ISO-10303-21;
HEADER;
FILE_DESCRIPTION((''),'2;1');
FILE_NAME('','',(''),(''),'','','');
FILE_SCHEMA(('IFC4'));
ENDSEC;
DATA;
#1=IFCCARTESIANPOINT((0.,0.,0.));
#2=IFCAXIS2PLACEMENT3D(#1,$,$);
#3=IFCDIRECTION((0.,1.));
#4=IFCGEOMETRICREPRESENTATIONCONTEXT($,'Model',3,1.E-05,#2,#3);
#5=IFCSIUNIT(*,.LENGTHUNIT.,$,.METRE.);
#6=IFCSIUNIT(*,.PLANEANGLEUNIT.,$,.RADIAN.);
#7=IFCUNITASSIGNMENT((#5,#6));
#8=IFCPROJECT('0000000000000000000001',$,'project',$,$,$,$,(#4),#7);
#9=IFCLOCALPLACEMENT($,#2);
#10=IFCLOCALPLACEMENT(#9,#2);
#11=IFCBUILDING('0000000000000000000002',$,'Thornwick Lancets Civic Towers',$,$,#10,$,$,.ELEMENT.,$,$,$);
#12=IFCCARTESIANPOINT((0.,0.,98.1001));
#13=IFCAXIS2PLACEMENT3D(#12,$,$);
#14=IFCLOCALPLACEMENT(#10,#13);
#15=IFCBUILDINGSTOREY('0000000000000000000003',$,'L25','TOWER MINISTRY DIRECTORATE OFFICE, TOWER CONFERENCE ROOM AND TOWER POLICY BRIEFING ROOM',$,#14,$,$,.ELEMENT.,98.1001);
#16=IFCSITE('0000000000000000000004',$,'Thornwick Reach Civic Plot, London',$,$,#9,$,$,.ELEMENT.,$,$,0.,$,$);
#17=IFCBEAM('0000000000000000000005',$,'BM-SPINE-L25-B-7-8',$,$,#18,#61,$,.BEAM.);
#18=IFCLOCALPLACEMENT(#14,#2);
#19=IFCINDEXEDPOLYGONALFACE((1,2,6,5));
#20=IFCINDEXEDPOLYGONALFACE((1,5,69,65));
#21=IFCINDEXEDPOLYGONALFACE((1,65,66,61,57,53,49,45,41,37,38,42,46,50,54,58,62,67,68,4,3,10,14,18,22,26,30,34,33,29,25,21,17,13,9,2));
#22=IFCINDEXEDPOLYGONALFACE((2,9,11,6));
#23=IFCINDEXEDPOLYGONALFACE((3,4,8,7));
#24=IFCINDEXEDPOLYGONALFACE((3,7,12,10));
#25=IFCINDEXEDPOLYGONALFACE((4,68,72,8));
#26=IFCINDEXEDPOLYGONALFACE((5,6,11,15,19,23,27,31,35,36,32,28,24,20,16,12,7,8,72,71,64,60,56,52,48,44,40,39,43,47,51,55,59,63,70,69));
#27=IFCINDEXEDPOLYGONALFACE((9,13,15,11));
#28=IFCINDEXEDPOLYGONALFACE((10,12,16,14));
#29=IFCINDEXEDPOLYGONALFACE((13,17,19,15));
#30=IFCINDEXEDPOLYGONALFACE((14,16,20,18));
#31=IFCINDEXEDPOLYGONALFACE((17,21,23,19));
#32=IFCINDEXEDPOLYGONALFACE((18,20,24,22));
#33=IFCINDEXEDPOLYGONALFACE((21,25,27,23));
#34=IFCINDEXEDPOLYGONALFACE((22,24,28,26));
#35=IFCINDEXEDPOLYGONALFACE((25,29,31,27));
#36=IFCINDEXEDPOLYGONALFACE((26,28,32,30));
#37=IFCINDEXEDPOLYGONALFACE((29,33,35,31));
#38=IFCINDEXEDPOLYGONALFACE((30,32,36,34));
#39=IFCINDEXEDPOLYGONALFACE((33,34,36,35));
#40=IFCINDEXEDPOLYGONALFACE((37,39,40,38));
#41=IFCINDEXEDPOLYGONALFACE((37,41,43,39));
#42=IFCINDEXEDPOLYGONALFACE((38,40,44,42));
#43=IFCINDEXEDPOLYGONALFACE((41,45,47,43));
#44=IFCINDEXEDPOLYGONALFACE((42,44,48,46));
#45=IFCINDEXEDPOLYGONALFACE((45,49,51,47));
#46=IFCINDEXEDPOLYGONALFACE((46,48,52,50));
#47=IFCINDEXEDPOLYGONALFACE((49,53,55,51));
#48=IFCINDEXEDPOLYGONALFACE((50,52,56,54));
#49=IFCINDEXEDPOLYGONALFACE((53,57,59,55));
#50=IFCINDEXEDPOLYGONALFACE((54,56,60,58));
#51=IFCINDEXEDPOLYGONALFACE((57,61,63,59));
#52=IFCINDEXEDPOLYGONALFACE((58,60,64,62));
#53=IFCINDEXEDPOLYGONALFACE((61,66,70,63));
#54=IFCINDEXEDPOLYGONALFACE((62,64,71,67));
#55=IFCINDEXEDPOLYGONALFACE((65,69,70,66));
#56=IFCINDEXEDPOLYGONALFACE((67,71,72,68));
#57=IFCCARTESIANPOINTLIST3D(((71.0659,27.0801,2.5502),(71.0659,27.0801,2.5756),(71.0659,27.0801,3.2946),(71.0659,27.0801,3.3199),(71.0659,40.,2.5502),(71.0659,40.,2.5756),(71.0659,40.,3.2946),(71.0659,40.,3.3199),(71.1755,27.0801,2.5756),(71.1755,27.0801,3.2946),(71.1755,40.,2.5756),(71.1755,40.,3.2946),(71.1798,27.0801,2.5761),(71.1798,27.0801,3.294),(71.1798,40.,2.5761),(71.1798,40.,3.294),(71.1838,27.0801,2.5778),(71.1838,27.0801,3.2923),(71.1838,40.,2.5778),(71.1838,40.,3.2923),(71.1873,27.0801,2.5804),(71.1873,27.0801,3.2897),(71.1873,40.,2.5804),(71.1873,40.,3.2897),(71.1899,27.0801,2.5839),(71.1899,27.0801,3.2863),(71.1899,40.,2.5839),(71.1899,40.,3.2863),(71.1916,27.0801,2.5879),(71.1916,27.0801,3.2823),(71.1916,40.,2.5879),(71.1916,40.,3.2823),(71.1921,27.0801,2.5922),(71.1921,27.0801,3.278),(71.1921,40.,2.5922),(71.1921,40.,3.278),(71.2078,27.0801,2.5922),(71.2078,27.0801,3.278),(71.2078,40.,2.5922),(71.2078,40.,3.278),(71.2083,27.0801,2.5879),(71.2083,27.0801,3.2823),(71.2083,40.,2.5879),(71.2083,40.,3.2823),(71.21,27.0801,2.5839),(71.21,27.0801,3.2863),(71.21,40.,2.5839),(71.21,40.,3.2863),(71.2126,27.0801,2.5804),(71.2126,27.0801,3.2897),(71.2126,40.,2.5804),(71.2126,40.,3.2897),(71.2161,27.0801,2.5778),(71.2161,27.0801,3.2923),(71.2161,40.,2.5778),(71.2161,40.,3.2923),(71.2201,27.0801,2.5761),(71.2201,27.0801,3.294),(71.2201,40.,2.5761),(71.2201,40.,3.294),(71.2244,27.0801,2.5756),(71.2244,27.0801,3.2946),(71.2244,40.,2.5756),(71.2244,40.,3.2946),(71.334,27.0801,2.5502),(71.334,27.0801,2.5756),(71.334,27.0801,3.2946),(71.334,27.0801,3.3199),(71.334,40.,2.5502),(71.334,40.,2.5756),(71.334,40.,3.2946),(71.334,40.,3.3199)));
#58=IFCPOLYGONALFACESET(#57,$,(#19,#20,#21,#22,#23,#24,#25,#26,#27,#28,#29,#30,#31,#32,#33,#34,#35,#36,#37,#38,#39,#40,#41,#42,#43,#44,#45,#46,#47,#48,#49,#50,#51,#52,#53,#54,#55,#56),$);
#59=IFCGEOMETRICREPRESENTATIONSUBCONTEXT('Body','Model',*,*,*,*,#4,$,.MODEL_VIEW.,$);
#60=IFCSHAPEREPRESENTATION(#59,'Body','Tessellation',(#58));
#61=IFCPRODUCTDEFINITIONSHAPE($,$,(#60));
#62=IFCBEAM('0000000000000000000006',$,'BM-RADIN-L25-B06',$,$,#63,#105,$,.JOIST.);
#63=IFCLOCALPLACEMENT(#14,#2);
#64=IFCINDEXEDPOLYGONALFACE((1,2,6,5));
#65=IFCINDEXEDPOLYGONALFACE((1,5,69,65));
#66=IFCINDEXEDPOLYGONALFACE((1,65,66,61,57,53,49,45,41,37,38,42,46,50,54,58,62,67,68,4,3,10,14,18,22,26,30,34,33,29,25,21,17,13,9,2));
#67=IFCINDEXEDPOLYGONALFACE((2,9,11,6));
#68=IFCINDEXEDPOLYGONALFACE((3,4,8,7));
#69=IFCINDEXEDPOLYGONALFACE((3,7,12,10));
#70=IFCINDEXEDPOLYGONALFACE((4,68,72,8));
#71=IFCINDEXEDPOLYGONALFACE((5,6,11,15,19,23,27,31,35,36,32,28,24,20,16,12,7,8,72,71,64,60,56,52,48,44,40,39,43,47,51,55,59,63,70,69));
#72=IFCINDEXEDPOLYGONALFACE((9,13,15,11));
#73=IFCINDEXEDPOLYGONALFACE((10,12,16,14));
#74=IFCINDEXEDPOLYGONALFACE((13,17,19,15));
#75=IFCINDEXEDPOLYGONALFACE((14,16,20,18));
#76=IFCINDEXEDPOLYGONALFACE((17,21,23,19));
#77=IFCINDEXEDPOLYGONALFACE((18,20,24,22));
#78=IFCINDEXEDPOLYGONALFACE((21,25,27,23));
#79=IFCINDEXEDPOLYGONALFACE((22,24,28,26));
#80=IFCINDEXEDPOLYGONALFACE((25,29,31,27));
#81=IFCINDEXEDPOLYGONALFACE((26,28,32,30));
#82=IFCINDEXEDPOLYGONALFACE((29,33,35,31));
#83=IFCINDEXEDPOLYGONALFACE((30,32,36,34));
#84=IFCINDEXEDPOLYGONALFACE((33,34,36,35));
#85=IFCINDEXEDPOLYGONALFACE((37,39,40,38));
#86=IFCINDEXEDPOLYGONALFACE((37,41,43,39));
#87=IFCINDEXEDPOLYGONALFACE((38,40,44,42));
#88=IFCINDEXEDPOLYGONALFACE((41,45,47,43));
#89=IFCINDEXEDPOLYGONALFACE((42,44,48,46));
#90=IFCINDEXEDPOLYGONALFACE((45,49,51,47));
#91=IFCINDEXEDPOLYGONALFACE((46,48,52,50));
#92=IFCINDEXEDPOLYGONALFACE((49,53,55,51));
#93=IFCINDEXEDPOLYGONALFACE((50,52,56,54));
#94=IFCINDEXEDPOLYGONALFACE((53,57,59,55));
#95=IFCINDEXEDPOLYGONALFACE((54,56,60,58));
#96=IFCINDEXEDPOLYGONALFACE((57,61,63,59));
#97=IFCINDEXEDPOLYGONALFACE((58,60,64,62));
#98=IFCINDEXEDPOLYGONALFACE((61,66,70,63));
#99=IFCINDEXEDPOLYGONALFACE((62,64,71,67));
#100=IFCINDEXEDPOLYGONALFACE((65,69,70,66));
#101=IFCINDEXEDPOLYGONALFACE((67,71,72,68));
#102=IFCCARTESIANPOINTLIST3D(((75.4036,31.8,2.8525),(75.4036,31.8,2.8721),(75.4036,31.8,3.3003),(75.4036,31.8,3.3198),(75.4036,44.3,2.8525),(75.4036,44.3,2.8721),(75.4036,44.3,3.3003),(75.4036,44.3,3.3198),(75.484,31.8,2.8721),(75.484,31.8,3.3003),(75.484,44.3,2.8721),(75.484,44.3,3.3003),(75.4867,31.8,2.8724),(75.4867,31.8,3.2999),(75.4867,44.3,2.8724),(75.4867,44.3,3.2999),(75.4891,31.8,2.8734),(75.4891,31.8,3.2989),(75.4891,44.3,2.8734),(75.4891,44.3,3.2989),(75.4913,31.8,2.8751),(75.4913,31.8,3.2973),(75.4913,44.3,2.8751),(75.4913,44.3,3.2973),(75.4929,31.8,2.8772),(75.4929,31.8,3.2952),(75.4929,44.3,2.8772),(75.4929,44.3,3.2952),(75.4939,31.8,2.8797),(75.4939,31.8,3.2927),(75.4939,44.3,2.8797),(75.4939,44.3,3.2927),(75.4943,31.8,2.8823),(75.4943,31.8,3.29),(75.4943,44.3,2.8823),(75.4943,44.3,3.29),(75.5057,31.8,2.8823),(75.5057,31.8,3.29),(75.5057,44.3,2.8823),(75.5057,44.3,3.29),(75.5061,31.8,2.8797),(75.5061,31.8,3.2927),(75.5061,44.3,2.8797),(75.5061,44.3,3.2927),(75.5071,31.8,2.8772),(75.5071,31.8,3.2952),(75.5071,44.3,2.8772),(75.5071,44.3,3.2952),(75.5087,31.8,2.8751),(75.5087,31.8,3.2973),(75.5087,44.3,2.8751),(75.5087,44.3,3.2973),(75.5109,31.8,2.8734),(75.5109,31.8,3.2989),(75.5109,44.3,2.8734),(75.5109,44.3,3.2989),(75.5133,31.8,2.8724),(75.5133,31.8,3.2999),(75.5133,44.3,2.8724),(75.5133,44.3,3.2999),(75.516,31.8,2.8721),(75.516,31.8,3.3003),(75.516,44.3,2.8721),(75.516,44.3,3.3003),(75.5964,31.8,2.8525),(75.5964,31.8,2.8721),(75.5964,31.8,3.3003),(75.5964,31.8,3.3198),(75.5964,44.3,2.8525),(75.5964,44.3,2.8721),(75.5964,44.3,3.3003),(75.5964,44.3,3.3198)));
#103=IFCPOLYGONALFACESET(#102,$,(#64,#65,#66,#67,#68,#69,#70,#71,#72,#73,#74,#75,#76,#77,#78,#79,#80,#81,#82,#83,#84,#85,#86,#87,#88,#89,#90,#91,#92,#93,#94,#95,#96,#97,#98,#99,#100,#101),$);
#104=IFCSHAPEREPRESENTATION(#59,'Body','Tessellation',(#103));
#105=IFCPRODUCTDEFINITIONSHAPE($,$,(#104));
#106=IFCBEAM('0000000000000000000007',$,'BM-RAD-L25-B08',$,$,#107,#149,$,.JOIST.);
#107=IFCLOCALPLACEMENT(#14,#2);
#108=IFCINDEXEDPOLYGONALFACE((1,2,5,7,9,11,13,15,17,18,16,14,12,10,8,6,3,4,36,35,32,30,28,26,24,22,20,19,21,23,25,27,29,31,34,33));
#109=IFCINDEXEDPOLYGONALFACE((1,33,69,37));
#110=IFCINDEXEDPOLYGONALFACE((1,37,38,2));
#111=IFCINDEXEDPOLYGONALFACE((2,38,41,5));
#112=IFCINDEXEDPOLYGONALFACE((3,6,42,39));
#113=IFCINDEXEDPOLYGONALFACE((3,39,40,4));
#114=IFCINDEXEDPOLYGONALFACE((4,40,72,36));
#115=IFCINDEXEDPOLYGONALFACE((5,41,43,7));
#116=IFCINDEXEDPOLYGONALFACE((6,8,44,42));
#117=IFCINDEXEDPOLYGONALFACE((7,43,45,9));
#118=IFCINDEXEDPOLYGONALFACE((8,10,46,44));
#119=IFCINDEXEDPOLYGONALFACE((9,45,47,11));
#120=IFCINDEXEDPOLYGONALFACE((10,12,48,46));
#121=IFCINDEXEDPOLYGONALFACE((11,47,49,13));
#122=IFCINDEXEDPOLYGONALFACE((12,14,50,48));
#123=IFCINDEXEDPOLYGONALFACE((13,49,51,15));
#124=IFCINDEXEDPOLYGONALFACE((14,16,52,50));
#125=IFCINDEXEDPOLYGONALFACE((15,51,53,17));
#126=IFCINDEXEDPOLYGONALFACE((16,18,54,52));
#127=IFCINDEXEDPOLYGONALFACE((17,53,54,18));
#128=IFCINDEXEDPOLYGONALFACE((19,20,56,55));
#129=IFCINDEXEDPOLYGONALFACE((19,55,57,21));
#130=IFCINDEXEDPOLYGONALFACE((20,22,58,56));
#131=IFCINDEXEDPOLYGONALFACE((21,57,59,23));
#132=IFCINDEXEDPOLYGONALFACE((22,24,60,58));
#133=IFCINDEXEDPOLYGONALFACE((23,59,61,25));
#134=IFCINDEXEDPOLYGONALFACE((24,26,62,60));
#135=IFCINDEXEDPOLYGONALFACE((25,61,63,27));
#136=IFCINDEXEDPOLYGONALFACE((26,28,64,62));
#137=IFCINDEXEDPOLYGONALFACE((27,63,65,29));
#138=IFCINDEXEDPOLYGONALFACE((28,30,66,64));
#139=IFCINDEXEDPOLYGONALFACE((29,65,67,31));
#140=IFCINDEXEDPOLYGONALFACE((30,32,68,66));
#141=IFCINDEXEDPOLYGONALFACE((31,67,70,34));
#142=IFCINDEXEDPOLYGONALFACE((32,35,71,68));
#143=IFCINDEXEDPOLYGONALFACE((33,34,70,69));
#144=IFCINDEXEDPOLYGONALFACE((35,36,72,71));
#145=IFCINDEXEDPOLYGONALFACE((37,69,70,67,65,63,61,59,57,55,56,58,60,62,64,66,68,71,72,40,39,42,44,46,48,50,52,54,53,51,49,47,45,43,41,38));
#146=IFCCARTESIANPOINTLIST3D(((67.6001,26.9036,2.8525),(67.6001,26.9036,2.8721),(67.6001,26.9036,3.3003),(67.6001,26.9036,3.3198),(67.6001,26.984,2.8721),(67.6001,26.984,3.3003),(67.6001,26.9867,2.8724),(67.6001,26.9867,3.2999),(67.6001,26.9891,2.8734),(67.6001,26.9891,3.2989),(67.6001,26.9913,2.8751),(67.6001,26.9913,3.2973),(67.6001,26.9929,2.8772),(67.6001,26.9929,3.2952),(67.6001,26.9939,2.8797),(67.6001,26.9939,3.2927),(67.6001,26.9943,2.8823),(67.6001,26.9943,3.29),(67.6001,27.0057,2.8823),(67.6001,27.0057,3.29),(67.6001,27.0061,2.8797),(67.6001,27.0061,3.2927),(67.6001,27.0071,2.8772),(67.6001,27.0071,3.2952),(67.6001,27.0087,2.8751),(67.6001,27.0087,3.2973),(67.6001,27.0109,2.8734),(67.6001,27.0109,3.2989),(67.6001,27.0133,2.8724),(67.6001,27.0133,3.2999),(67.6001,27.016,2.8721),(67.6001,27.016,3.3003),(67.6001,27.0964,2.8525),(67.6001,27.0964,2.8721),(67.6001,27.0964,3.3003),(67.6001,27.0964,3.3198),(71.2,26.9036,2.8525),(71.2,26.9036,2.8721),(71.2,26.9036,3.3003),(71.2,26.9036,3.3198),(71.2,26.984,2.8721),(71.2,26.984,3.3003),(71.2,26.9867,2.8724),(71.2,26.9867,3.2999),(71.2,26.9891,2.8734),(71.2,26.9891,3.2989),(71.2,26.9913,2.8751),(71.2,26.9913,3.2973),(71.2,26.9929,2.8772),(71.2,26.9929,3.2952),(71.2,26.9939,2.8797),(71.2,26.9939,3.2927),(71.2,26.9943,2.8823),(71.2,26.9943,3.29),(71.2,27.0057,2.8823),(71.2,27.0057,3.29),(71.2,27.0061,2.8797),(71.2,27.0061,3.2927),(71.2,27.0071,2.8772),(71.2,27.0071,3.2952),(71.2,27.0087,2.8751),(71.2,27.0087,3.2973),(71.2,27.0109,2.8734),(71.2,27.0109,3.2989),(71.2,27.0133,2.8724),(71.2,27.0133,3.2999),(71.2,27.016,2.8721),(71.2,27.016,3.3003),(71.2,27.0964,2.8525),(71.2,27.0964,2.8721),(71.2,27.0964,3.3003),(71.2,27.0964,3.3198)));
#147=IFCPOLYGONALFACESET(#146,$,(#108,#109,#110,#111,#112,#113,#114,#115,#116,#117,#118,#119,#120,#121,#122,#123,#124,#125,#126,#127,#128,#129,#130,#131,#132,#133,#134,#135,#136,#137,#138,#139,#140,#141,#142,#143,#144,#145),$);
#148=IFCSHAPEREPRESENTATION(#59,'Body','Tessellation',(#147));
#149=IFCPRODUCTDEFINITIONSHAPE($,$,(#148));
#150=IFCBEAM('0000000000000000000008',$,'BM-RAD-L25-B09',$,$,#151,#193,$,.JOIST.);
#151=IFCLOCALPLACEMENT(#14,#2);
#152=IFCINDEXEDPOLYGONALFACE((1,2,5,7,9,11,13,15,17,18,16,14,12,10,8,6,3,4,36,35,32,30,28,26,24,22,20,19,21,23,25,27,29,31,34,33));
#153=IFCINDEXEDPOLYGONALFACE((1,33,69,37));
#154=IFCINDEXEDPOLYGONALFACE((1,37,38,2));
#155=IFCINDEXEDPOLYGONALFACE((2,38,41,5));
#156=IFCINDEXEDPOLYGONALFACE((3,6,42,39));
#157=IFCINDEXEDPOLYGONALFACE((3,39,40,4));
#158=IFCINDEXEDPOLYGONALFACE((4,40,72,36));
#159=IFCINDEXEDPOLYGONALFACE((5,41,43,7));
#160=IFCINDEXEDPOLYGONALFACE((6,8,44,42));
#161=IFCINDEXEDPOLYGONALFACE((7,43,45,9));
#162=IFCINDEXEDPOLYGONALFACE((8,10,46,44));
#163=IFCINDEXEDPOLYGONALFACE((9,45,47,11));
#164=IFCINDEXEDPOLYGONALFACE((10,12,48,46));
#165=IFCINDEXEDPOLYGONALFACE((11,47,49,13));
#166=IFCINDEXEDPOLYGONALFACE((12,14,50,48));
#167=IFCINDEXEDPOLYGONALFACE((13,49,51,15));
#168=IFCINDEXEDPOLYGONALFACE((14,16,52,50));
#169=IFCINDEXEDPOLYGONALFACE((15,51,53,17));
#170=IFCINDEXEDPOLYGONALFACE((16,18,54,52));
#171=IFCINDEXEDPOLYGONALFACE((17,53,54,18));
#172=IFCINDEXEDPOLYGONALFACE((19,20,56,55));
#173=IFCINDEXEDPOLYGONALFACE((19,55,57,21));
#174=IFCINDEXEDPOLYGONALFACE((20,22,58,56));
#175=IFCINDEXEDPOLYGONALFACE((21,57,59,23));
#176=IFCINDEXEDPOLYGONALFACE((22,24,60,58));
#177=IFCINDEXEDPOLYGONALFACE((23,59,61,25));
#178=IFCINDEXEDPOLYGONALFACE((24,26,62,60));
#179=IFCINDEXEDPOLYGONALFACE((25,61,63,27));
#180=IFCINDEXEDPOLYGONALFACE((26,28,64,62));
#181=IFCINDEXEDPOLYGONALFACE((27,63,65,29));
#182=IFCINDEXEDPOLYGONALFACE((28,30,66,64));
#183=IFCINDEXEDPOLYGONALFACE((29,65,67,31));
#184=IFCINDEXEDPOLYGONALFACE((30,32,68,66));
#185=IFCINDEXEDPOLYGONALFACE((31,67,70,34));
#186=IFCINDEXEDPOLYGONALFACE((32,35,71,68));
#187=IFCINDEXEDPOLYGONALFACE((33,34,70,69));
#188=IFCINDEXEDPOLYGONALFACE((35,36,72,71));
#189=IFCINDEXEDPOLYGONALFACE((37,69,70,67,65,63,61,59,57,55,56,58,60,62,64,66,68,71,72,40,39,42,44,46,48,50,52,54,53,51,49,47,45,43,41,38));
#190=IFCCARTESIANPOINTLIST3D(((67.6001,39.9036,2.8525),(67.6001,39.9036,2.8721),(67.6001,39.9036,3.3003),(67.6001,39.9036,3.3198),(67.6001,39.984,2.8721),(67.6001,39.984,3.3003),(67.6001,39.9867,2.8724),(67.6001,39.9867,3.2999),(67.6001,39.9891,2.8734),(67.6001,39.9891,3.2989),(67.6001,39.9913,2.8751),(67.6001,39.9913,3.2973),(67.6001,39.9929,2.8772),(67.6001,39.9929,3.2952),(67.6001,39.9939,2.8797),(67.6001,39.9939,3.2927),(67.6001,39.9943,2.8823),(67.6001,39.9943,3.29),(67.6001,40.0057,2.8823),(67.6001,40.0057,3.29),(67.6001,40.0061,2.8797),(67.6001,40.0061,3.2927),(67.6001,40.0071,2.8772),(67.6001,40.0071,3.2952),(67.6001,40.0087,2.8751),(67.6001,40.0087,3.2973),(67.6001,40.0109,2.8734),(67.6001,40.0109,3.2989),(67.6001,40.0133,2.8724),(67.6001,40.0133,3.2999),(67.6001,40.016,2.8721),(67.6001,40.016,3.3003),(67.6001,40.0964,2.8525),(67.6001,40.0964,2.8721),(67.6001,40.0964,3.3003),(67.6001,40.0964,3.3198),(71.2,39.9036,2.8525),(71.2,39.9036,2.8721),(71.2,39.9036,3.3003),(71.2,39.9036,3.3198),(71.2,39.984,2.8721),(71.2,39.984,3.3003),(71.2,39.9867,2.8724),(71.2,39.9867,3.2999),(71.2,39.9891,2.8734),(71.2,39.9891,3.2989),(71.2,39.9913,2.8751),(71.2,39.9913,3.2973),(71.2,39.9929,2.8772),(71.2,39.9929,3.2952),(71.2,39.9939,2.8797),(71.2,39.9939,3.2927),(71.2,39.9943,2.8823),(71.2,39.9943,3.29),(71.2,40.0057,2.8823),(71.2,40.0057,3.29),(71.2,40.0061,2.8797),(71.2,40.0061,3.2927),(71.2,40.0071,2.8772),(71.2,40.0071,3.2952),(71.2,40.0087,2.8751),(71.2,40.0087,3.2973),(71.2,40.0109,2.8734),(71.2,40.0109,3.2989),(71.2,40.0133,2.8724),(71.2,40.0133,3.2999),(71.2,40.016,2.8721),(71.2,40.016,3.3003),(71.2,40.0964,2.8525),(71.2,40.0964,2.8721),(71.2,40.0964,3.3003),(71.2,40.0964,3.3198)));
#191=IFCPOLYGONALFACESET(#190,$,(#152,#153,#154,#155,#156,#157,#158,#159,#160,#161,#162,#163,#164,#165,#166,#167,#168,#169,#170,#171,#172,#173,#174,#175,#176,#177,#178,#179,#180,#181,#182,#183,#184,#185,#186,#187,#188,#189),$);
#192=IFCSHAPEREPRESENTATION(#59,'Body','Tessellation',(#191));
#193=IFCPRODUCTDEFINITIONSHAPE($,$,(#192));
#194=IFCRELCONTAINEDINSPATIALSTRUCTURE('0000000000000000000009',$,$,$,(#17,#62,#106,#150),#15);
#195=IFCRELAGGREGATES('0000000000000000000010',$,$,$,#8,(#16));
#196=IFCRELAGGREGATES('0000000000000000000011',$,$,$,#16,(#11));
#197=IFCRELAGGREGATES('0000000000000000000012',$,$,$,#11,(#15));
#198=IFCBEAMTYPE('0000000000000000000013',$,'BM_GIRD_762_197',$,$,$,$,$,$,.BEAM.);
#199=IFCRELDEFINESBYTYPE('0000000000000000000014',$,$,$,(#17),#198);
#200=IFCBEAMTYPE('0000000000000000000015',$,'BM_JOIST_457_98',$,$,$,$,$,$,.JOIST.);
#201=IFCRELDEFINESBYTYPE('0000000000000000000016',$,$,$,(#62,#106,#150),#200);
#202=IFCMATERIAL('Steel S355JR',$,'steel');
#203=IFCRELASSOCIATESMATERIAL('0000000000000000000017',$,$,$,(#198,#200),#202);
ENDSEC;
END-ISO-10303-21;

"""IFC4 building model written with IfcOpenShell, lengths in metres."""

from ifc_helpers import new_model, si_unit, direction, frame, origin, origin_2d, place, context, subcontext, project, spatial, i_section, extrude, material, material_profile, profile_set, type_object, element, save


model = new_model("IFC4")

# Units and contexts
model_context = context("Model", 3, precision=1e-05, world=origin(), true_north=direction((0.0, 1.0)))
body_context = subcontext(model_context, "Body", "Model", "MODEL_VIEW")
ifc_project = project(units=[si_unit("LENGTHUNIT", "METRE"), si_unit("PLANEANGLEUNIT", "RADIAN")], contexts=[model_context])

# Site, building, storey
site_placement = place(None, origin())
site = spatial("IfcSite", under=ifc_project, at=site_placement, Name="Thornwick Reach Civic Plot, London", CompositionType="ELEMENT", RefElevation=0.0)
building_placement = place(site_placement, origin())
building = spatial("IfcBuilding", under=site, at=building_placement, Name="Thornwick Lancets Civic Towers", CompositionType="ELEMENT")
storey_placement = place(building_placement, frame((0.0, 0.0, 98.1001)))
storey = spatial("IfcBuildingStorey", under=building, at=storey_placement, Name="L25", Description="TOWER MINISTRY DIRECTORATE OFFICE, TOWER CONFERENCE ROOM AND TOWER POLICY BRIEFING ROOM", CompositionType="ELEMENT", Elevation=98.1001)

# Beams
ifc_material_1 = material(Name="Steel S355JR", Category="steel")
ifc_material_profile_1 = material_profile(ifc_material_1, i_section(OverallWidth=0.2681, OverallDepth=0.7698, WebThickness=0.0156, FlangeThickness=0.0254, FilletRadius=0.0166, at=origin_2d()), Name="UKB 762x267x197")
ifc_profile_set_1 = profile_set([ifc_material_profile_1], Name="Steel S355JR")
beam_type_1 = type_object("IfcBeamType", Name="BM_GIRD_762_197", PredefinedType="BEAM", material=ifc_profile_set_1)
beam_1_placement = place(storey_placement, frame((71.2, 27.0801, 2.9351), z_axis=(0.0, 1.0, 0.0), x_axis=(-1.0, 0.0, 0.0)))
element("IfcBeam", 1, at=beam_1_placement, inside=storey, type_object=beam_type_1, Name="BM-SPINE-L25-B-7-8", PredefinedType="BEAM", context=body_context, shape_type="SweptSolid", body=[
    extrude(i_section(OverallWidth=0.2681, OverallDepth=0.7698, WebThickness=0.0156, FlangeThickness=0.0254, FilletRadius=0.0166, at=origin_2d()), origin(), (0.0, 0.0, 1.0), 12.9199),
])
ifc_material_profile_2 = material_profile(ifc_material_1, i_section(OverallWidth=0.1929, OverallDepth=0.4673, WebThickness=0.0115, FlangeThickness=0.0195, FilletRadius=0.0103, at=origin_2d()), Name="UKB 457x191x98")
ifc_profile_set_2 = profile_set([ifc_material_profile_2], Name="Steel S355JR")
beam_type_2 = type_object("IfcBeamType", Name="BM_JOIST_457_98", PredefinedType="JOIST", material=ifc_profile_set_2)
beam_2_placement = place(storey_placement, frame((75.5, 31.8, 3.0862), z_axis=(0.0, 1.0, 0.0), x_axis=(-1.0, 0.0, 0.0)))
element("IfcBeam", 2, at=beam_2_placement, inside=storey, type_object=beam_type_2, Name="BM-RADIN-L25-B06", PredefinedType="JOIST", context=body_context, shape_type="SweptSolid", body=[
    extrude(i_section(OverallWidth=0.1929, OverallDepth=0.4673, WebThickness=0.0115, FlangeThickness=0.0195, FilletRadius=0.0103, at=origin_2d()), origin(), (0.0, 0.0, 1.0), 12.5),
])
for number, where, z_axis, x_axis, name in (
    (3, (71.2, 27.0, 3.0862), (-1.0, 0.0, 0.0), (0.0, -1.0, 0.0), "BM-RAD-L25-B08"),
    (4, (71.2, 40.0, 3.0862), (-1.0, 0.0, 0.0), (0.0, -1.0, 0.0), "BM-RAD-L25-B09"),
):
    element("IfcBeam", number, at=place(storey_placement, frame(where, z_axis=z_axis, x_axis=x_axis)), inside=storey, type_object=beam_type_2, Name=name, PredefinedType="JOIST", context=body_context, shape_type="SweptSolid", body=[
        extrude(i_section(OverallWidth=0.1929, OverallDepth=0.4673, WebThickness=0.0115, FlangeThickness=0.0195, FilletRadius=0.0103, at=origin_2d()), origin(), (0.0, 0.0, 1.0), 3.5999),
    ])

save(model, "model.ifc")
